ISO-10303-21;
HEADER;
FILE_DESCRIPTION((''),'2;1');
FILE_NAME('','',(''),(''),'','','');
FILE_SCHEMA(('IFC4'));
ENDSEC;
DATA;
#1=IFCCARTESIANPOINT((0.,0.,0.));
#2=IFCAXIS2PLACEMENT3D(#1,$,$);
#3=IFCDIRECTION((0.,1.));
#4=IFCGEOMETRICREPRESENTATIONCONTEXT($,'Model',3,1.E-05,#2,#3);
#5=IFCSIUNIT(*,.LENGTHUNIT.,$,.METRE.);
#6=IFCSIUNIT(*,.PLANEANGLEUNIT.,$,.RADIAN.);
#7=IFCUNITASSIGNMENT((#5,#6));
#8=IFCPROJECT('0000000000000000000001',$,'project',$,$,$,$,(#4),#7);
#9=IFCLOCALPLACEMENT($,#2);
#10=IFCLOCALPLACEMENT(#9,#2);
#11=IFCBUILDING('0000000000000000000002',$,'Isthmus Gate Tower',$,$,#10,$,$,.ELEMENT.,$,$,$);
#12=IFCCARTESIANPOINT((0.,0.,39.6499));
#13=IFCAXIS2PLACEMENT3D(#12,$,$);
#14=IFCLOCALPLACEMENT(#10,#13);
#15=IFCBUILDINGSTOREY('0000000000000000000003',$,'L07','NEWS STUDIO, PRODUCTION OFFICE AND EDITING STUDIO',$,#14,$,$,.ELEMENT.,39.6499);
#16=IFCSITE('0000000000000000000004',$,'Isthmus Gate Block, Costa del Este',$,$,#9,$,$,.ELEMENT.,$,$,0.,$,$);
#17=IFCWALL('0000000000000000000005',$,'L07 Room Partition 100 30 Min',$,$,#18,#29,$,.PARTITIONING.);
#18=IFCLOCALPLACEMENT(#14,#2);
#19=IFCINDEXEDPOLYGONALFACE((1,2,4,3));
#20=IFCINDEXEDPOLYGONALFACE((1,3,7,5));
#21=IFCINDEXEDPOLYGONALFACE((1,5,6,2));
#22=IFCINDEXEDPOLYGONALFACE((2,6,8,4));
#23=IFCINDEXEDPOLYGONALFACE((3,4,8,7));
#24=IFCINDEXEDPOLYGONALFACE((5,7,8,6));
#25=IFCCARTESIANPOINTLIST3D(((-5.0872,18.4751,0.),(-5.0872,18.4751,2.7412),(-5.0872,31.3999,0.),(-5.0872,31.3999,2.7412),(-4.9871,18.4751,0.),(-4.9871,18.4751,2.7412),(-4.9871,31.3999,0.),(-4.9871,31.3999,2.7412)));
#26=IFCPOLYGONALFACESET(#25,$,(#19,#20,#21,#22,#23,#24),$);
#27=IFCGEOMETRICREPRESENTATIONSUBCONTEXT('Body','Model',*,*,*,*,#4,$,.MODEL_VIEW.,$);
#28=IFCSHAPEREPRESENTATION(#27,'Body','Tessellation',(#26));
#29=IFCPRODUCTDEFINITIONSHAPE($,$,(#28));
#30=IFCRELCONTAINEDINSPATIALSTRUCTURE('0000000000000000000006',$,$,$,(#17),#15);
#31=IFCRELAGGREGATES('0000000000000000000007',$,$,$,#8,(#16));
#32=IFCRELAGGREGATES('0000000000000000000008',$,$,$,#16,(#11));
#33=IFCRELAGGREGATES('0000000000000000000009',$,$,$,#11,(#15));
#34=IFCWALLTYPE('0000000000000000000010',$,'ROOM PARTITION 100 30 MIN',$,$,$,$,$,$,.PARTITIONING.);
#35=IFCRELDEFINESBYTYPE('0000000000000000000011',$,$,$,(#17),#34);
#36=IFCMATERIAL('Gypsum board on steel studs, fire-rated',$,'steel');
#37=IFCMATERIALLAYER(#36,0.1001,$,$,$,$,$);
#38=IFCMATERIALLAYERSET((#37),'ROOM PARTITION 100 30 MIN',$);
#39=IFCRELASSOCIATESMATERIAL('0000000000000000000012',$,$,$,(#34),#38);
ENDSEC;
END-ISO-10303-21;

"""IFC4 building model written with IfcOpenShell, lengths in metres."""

from ifc_helpers import new_model, si_unit, direction, frame, frame_2d, origin, place, context, subcontext, project, spatial, rectangle, extrude, material, layer, layer_set, type_object, element, save


model = new_model("IFC4")

# Units and contexts
model_context = context("Model", 3, precision=1e-05, world=origin(), true_north=direction((0.0, 1.0)))
body_context = subcontext(model_context, "Body", "Model", "MODEL_VIEW")
ifc_project = project(units=[si_unit("LENGTHUNIT", "METRE"), si_unit("PLANEANGLEUNIT", "RADIAN")], contexts=[model_context])

# Site, building, storey
site_placement = place(None, origin())
site = spatial("IfcSite", under=ifc_project, at=site_placement, Name="Isthmus Gate Block, Costa del Este", CompositionType="ELEMENT", RefElevation=0.0)
building_placement = place(site_placement, origin())
building = spatial("IfcBuilding", under=site, at=building_placement, Name="Isthmus Gate Tower", CompositionType="ELEMENT")
storey_placement = place(building_placement, frame((0.0, 0.0, 39.6499)))
storey = spatial("IfcBuildingStorey", under=building, at=storey_placement, Name="L07", Description="NEWS STUDIO, PRODUCTION OFFICE AND EDITING STUDIO", CompositionType="ELEMENT", Elevation=39.6499)

# Wall
ifc_material_1 = material(Name="Gypsum board on steel studs, fire-rated", Category="steel")
ifc_layer_1 = layer(ifc_material_1, 0.1001)
ifc_layer_set_1 = layer_set([ifc_layer_1], Name="ROOM PARTITION 100 30 MIN")
wall_type_1 = type_object("IfcWallType", Name="ROOM PARTITION 100 30 MIN", PredefinedType="PARTITIONING", material=ifc_layer_set_1)
wall_1_placement = place(storey_placement, frame((-5.0371, 18.4751, 0.0), z_axis=(0.0, 0.0, 1.0), x_axis=(0.0, 1.0, 0.0)))
element("IfcWall", 1, at=wall_1_placement, inside=storey, type_object=wall_type_1, Name="L07 Room Partition 100 30 Min", PredefinedType="PARTITIONING", context=body_context, shape_type="SweptSolid", body=[
    extrude(rectangle(XDim=12.9248, YDim=0.1001, at=frame_2d((6.4624, 0.0))), origin(), (0.0, 0.0, 1.0), 2.7412),
])

save(model, "model.ifc")
